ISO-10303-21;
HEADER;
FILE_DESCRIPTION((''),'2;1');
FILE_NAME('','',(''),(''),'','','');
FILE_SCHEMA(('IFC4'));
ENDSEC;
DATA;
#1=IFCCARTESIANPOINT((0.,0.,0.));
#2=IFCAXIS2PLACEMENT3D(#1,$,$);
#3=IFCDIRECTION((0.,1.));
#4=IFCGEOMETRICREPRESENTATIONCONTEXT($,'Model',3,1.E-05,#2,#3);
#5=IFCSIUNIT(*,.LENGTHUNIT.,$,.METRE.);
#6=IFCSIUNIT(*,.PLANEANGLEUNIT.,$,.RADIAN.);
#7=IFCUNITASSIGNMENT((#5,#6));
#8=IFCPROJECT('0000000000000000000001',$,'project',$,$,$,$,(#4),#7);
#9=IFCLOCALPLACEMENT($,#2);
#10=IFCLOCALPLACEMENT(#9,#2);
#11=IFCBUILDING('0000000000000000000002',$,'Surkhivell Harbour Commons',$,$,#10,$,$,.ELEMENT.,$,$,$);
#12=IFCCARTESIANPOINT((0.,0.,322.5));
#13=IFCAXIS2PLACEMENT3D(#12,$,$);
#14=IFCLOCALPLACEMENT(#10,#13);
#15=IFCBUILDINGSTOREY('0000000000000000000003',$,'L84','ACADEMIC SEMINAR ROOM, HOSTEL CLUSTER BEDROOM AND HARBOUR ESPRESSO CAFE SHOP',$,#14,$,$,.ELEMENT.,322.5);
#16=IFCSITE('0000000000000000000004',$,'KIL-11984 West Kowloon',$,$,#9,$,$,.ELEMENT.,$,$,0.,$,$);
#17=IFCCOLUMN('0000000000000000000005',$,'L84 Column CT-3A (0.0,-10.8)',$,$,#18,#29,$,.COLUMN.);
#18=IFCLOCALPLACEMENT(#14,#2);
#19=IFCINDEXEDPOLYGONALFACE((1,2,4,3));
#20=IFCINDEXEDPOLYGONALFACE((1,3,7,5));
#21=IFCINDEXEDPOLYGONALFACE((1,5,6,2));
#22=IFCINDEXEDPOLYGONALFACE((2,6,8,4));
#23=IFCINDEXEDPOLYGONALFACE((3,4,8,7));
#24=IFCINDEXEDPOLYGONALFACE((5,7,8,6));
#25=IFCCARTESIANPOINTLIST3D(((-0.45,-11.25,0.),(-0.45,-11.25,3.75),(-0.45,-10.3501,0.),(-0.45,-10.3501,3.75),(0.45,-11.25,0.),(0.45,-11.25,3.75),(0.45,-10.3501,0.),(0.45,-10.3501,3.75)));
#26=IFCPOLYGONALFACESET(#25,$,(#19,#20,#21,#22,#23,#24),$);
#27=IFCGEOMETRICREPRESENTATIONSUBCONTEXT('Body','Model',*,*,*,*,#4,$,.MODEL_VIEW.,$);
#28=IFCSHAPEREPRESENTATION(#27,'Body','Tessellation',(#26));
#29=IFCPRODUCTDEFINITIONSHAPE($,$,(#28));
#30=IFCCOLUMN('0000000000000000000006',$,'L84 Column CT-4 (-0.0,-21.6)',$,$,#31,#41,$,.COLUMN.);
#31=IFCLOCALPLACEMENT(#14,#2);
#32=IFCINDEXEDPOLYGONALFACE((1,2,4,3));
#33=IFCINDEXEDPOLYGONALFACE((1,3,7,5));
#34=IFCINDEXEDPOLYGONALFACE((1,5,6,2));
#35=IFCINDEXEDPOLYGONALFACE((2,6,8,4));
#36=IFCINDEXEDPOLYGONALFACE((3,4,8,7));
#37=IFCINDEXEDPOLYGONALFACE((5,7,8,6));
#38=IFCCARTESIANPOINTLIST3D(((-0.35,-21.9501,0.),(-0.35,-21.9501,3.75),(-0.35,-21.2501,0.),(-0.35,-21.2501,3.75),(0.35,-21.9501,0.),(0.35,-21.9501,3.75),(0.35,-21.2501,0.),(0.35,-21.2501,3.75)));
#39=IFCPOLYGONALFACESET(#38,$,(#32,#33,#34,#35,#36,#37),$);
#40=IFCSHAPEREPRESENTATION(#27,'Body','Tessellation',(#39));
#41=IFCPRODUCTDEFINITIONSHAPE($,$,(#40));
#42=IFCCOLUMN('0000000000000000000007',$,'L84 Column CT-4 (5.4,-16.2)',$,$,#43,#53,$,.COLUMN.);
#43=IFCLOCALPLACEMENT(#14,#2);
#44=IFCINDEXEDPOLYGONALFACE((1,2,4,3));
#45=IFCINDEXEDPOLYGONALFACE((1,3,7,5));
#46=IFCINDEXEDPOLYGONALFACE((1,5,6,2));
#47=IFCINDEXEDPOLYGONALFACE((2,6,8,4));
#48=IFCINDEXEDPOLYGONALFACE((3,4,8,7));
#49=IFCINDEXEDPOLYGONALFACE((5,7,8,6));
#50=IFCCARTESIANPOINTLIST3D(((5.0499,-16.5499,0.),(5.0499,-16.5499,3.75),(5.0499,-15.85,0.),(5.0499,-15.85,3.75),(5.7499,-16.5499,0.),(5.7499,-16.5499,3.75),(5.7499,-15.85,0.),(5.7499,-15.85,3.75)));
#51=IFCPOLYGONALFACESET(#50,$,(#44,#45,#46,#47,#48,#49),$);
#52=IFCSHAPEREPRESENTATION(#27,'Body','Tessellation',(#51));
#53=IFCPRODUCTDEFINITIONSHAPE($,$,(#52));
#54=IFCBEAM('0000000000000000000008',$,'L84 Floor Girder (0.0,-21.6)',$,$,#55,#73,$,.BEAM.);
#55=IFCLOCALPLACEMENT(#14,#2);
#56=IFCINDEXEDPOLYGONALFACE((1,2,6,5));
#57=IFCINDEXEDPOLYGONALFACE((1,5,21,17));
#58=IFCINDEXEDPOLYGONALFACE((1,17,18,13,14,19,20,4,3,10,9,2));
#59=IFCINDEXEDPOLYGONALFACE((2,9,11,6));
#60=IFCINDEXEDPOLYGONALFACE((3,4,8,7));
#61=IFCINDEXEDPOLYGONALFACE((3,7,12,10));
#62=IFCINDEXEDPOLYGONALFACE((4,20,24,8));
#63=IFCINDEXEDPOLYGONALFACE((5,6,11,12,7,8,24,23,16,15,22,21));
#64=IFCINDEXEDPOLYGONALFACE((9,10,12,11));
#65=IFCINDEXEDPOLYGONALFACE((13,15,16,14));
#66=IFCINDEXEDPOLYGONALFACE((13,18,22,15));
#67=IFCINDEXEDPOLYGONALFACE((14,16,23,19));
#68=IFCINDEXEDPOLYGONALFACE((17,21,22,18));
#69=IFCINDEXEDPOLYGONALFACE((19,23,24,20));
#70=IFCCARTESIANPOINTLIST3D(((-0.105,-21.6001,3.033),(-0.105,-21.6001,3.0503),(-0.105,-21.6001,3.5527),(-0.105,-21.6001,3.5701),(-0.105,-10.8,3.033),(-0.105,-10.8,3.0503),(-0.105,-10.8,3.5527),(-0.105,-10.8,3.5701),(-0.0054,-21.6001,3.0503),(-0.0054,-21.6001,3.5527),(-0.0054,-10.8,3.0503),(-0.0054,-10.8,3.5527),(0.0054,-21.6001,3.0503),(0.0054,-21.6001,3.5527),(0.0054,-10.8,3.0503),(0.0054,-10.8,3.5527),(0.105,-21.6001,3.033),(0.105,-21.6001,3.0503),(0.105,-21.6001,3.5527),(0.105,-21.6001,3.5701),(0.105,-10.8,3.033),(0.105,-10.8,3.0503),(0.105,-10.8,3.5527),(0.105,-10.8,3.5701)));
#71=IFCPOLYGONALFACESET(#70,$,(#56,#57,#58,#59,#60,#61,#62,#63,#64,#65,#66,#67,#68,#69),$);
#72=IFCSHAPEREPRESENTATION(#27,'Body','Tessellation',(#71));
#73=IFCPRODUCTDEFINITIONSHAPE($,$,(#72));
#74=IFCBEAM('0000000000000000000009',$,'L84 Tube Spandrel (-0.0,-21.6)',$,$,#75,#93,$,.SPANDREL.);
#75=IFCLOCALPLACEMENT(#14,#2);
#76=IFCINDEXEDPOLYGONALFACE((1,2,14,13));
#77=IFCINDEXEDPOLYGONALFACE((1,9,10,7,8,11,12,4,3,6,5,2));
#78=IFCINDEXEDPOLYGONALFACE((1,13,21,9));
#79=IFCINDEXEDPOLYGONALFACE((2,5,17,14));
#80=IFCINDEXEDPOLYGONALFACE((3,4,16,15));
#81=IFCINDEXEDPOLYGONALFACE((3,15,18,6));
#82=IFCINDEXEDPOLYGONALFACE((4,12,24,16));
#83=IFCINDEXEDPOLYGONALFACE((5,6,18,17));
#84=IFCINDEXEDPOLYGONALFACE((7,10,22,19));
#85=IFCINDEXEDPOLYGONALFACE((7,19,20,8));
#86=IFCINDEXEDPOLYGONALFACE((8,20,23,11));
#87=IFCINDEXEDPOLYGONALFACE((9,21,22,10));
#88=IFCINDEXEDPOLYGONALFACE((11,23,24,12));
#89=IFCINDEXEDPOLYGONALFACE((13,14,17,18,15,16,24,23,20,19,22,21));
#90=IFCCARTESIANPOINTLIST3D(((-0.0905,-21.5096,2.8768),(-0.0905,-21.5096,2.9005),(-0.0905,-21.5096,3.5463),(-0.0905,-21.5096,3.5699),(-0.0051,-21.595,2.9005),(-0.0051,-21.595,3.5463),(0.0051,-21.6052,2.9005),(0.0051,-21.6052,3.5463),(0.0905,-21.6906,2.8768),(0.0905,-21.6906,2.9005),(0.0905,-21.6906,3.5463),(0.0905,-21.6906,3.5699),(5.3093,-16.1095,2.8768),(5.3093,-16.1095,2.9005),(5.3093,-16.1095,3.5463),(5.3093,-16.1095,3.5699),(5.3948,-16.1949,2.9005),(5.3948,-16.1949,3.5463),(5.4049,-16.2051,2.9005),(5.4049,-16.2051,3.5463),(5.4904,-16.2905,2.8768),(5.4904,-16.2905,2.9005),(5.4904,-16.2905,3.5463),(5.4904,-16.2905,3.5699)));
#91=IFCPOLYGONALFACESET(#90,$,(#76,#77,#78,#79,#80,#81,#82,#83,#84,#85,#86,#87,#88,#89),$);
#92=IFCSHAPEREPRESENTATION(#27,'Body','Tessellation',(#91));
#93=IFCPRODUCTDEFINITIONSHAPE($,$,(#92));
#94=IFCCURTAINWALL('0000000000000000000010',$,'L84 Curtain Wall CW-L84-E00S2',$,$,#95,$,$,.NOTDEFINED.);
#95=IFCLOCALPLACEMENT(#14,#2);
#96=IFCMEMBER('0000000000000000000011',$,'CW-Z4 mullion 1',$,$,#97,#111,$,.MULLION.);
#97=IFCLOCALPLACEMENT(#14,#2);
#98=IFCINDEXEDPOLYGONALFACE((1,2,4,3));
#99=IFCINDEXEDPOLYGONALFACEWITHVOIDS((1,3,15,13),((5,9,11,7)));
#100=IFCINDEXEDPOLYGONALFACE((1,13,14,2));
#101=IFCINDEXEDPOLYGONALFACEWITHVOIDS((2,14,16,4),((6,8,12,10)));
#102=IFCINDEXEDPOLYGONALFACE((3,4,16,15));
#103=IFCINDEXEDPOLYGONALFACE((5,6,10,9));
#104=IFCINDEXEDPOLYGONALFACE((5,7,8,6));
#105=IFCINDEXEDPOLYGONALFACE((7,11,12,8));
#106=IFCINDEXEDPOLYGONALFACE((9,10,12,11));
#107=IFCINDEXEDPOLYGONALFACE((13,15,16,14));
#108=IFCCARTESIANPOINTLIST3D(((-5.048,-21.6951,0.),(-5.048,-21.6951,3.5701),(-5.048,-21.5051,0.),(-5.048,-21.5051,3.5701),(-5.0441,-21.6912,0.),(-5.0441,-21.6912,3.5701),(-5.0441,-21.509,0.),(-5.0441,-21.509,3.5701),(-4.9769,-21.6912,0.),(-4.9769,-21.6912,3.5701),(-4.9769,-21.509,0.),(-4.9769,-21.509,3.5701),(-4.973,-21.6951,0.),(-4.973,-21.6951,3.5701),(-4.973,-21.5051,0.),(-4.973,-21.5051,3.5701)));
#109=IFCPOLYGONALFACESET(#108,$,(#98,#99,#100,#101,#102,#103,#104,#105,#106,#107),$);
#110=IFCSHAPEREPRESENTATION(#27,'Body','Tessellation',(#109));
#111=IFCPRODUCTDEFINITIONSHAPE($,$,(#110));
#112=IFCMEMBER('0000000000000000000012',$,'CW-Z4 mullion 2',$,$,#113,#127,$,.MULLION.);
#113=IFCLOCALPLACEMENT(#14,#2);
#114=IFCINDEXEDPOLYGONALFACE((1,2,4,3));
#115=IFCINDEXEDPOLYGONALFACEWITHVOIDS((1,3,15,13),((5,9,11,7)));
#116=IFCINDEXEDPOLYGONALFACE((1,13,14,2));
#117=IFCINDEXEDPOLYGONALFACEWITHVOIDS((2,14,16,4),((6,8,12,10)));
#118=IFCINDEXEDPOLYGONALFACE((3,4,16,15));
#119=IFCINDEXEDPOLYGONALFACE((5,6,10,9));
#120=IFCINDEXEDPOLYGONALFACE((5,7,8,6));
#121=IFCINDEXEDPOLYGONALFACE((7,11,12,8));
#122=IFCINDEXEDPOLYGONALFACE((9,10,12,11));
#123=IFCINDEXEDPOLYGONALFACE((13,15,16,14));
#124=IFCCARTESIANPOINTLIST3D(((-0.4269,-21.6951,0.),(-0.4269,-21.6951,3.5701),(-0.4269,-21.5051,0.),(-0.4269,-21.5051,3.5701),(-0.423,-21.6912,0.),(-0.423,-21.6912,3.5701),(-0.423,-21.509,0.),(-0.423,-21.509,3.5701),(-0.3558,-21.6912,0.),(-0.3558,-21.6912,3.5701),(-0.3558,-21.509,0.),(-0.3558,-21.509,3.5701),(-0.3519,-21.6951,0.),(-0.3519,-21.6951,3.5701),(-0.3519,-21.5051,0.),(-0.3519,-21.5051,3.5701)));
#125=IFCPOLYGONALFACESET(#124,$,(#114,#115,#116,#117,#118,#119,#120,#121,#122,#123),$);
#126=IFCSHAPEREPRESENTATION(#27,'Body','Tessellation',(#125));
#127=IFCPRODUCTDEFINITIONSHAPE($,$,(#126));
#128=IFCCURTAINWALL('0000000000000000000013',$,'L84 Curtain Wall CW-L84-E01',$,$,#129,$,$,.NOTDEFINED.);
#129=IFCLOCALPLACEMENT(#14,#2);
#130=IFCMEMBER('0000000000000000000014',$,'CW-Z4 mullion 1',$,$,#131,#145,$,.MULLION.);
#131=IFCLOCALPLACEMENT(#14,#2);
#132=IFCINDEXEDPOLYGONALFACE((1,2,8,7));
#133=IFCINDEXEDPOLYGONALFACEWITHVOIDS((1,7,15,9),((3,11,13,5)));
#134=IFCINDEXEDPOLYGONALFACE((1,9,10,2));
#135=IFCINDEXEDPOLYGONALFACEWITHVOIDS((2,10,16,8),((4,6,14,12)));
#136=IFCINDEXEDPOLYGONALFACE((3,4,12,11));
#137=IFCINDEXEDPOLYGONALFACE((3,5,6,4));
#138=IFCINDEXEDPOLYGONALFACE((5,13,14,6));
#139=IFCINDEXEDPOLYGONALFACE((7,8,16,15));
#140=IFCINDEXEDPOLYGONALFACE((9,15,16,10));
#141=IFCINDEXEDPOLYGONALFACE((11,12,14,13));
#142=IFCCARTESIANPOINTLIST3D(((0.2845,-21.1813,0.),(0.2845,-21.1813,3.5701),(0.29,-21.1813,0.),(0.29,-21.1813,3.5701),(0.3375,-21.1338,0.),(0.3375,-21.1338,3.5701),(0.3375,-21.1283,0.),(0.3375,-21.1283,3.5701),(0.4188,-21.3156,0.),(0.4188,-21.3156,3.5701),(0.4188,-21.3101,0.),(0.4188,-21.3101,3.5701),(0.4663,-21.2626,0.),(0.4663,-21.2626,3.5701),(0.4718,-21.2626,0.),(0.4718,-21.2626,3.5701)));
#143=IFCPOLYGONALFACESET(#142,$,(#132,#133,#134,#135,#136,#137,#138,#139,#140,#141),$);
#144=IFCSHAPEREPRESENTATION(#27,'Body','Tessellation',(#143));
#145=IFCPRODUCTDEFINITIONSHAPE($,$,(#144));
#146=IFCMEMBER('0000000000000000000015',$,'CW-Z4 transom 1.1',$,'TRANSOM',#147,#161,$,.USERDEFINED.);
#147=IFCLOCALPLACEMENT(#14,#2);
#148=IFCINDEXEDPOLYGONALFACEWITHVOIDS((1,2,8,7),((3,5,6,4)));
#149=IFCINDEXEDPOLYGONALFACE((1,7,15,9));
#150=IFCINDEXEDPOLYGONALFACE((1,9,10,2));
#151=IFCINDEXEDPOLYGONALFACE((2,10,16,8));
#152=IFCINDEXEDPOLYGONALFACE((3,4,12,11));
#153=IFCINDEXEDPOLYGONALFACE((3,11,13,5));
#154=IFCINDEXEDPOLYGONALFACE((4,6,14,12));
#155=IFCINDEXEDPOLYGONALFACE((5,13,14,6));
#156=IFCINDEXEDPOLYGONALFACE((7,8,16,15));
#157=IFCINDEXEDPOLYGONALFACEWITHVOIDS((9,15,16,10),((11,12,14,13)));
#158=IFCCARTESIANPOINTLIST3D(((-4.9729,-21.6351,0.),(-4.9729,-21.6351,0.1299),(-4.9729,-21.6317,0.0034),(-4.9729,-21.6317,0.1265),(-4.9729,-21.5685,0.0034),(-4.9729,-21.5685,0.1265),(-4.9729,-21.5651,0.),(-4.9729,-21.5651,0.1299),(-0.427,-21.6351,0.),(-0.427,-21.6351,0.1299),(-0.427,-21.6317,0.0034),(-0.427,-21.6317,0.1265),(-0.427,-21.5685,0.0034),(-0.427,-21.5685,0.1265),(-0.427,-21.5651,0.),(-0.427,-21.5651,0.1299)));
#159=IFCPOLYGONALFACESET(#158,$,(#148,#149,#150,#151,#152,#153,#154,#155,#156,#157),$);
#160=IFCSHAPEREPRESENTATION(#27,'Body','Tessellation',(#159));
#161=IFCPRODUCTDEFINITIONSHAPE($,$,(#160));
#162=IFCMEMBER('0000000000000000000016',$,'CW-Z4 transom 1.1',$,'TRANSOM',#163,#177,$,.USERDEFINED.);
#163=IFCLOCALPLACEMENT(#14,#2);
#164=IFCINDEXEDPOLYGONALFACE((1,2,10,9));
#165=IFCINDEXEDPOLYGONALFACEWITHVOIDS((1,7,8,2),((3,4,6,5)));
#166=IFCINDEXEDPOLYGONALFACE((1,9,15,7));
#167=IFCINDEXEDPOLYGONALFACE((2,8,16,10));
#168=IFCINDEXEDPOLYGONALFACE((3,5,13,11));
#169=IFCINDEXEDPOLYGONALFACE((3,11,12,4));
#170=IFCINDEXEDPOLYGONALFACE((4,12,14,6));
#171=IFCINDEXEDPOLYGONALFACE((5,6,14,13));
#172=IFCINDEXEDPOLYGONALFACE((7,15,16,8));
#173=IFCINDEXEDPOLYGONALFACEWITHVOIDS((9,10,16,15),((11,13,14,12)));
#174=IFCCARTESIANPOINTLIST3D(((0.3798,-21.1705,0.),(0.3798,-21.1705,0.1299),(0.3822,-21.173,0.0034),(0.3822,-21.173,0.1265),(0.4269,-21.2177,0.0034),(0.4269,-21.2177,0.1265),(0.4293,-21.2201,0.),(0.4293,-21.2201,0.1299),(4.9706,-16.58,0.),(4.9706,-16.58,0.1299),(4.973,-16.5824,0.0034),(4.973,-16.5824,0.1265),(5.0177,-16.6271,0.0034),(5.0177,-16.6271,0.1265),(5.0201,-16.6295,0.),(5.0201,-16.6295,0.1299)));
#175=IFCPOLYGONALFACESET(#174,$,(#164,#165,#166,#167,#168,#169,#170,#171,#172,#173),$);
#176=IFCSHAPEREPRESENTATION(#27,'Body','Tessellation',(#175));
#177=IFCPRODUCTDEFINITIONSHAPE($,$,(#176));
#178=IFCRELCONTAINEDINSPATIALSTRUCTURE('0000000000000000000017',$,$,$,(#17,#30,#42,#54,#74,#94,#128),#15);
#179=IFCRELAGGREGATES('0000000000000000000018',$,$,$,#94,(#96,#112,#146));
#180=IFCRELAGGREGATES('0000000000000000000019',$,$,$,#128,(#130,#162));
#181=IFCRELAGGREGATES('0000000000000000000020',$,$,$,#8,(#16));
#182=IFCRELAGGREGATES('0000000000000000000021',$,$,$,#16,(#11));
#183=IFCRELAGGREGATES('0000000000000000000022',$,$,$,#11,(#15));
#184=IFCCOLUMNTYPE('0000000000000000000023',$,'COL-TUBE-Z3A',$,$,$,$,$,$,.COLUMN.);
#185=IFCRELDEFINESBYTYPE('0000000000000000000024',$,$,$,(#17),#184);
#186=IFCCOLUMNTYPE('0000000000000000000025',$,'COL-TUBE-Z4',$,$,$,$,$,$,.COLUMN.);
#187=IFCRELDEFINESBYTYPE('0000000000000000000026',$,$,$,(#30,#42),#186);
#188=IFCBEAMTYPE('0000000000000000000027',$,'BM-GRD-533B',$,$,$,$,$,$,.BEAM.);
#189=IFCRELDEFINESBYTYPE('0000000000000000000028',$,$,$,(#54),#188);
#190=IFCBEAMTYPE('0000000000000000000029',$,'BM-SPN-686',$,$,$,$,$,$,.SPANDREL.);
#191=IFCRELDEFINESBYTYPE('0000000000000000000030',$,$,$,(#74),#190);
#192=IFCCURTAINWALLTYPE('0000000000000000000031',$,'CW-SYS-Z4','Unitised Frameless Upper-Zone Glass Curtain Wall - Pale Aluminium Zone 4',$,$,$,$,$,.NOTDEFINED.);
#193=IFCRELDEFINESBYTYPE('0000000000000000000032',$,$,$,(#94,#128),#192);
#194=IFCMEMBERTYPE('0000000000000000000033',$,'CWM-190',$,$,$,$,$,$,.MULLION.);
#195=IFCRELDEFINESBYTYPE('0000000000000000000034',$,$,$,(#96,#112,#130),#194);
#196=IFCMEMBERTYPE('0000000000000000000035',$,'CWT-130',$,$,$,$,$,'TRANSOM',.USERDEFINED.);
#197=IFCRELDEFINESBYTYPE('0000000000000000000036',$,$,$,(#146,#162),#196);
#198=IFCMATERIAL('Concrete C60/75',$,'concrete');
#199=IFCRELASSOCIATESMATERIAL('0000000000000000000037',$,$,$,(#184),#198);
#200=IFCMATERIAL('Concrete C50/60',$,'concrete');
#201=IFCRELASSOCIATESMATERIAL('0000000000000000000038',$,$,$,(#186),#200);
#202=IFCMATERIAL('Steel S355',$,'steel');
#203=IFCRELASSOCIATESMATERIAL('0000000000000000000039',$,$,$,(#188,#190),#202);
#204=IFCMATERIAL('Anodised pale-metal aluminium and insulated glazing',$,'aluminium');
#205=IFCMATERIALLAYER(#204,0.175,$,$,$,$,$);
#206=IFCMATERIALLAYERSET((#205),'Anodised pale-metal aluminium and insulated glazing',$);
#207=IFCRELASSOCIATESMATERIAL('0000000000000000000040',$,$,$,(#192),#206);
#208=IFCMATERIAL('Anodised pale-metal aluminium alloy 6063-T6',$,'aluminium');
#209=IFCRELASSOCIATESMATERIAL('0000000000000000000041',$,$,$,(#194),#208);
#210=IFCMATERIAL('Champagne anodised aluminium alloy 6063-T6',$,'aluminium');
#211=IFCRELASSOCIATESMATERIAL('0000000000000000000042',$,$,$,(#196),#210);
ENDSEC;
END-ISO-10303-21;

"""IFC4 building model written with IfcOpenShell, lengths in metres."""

from ifc_helpers import new_model, si_unit, direction, frame, origin, origin_2d, place, context, subcontext, project, spatial, rectangle, hollow_rectangle, i_section, extrude, material, layer, layer_set, material_profile, profile_set, type_object, element, aggregate, save


model = new_model("IFC4")

# Units and contexts
model_context = context("Model", 3, precision=1e-05, world=origin(), true_north=direction((0.0, 1.0)))
body_context = subcontext(model_context, "Body", "Model", "MODEL_VIEW")
ifc_project = project(units=[si_unit("LENGTHUNIT", "METRE"), si_unit("PLANEANGLEUNIT", "RADIAN")], contexts=[model_context])

# Site, building, storey
site_placement = place(None, origin())
site = spatial("IfcSite", under=ifc_project, at=site_placement, Name="KIL-11984 West Kowloon", CompositionType="ELEMENT", RefElevation=0.0)
building_placement = place(site_placement, origin())
building = spatial("IfcBuilding", under=site, at=building_placement, Name="Surkhivell Harbour Commons", CompositionType="ELEMENT")
storey_placement = place(building_placement, frame((0.0, 0.0, 322.5)))
storey = spatial("IfcBuildingStorey", under=building, at=storey_placement, Name="L84", Description="ACADEMIC SEMINAR ROOM, HOSTEL CLUSTER BEDROOM AND HARBOUR ESPRESSO CAFE SHOP", CompositionType="ELEMENT", Elevation=322.5)

# Columns
ifc_material_1 = material(Name="Concrete C60/75", Category="concrete")
ifc_material_profile_1 = material_profile(ifc_material_1, rectangle(XDim=0.8999, YDim=0.8999, at=origin_2d()), Name="RC-COL-900x900")
ifc_profile_set_1 = profile_set([ifc_material_profile_1], Name="Concrete C60/75")
column_type_1 = type_object("IfcColumnType", Name="COL-TUBE-Z3A", PredefinedType="COLUMN", material=ifc_profile_set_1)
column_placement = place(storey_placement, frame((0.0, -10.8, 0.0), z_axis=(0.0, 0.0, 1.0), x_axis=(1.0, 0.0, 0.0)))
element("IfcColumn", 1, at=column_placement, inside=storey, type_object=column_type_1, Name="L84 Column CT-3A (0.0,-10.8)", PredefinedType="COLUMN", context=body_context, shape_type="SweptSolid", body=[
    extrude(rectangle(XDim=0.8999, YDim=0.8999, at=origin_2d()), origin(), (0.0, 0.0, 1.0), 3.75),
])
ifc_material_2 = material(Name="Concrete C50/60", Category="concrete")
ifc_material_profile_2 = material_profile(ifc_material_2, rectangle(XDim=0.7, YDim=0.7, at=origin_2d()), Name="RC-COL-700x700")
ifc_profile_set_2 = profile_set([ifc_material_profile_2], Name="Concrete C50/60")
column_type_2 = type_object("IfcColumnType", Name="COL-TUBE-Z4", PredefinedType="COLUMN", material=ifc_profile_set_2)
for number, where, z_axis, x_axis, name in (
    (2, (0.0, -21.6001, 0.0), (0.0, 0.0, 1.0), (1.0, 0.0, 0.0), "L84 Column CT-4 (-0.0,-21.6)"),
    (3, (5.3999, -16.2, 0.0), (0.0, 0.0, 1.0), (1.0, 0.0, 0.0), "L84 Column CT-4 (5.4,-16.2)"),
):
    element("IfcColumn", number, at=place(storey_placement, frame(where, z_axis=z_axis, x_axis=x_axis)), inside=storey, type_object=column_type_2, Name=name, PredefinedType="COLUMN", context=body_context, shape_type="SweptSolid", body=[
        extrude(rectangle(XDim=0.7, YDim=0.7, at=origin_2d()), origin(), (0.0, 0.0, 1.0), 3.75),
    ])

# Beams
ifc_material_3 = material(Name="Steel S355", Category="steel")
ifc_material_profile_3 = material_profile(ifc_material_3, i_section(OverallWidth=0.21, OverallDepth=0.5371, WebThickness=0.0107, FlangeThickness=0.0173, at=origin_2d()), Name="UB533x210x101")
ifc_profile_set_3 = profile_set([ifc_material_profile_3], Name="Steel S355")
beam_type_1 = type_object("IfcBeamType", Name="BM-GRD-533B", PredefinedType="BEAM", material=ifc_profile_set_3)
beam_1_placement = place(storey_placement, frame((0.0, -21.6001, 3.3015), z_axis=(0.0, 1.0, 0.0), x_axis=(-1.0, 0.0, 0.0)))
element("IfcBeam", 4, at=beam_1_placement, inside=storey, type_object=beam_type_1, Name="L84 Floor Girder (0.0,-21.6)", PredefinedType="BEAM", context=body_context, shape_type="SweptSolid", body=[
    extrude(i_section(OverallWidth=0.21, OverallDepth=0.5371, WebThickness=0.0107, FlangeThickness=0.0173, at=origin_2d()), origin(), (0.0, 0.0, 1.0), 10.8),
])
ifc_material_profile_4 = material_profile(ifc_material_3, i_section(OverallWidth=0.2561, OverallDepth=0.6931, WebThickness=0.0144, FlangeThickness=0.0237, at=origin_2d()), Name="UB686x254x170")
ifc_profile_set_4 = profile_set([ifc_material_profile_4], Name="Steel S355")
beam_type_2 = type_object("IfcBeamType", Name="BM-SPN-686", PredefinedType="SPANDREL", material=ifc_profile_set_4)
beam_2_placement = place(storey_placement, frame((0.0, -21.6001, 3.2234), z_axis=(0.707091, 0.707123, 0.0), x_axis=(-0.707123, 0.707091, 0.0)))
element("IfcBeam", 5, at=beam_2_placement, inside=storey, type_object=beam_type_2, Name="L84 Tube Spandrel (-0.0,-21.6)", PredefinedType="SPANDREL", context=body_context, shape_type="SweptSolid", body=[
    extrude(i_section(OverallWidth=0.2561, OverallDepth=0.6931, WebThickness=0.0144, FlangeThickness=0.0237, at=origin_2d()), origin(), (0.0, 0.0, 1.0), 7.6367),
])

# Curtain wall, members
ifc_material_4 = material(Name="Anodised pale-metal aluminium and insulated glazing", Category="aluminium")
ifc_layer_1 = layer(ifc_material_4, 0.175)
ifc_layer_set_1 = layer_set([ifc_layer_1], Name="Anodised pale-metal aluminium and insulated glazing")
curtain_wall_type = type_object("IfcCurtainWallType", Name="CW-SYS-Z4", Description="Unitised Frameless Upper-Zone Glass Curtain Wall - Pale Aluminium Zone 4", PredefinedType="NOTDEFINED", material=ifc_layer_set_1)
curtain_wall_1_placement = place(storey_placement, origin())
curtain_wall_1 = element("IfcCurtainWall", 6, at=curtain_wall_1_placement, inside=storey, type_object=curtain_wall_type, Name="L84 Curtain Wall CW-L84-E00S2", PredefinedType="NOTDEFINED")
ifc_material_5 = material(Name="Anodised pale-metal aluminium alloy 6063-T6", Category="aluminium")
ifc_material_profile_5 = material_profile(ifc_material_5, hollow_rectangle(XDim=0.075, YDim=0.1899, WallThickness=0.0039, at=origin_2d()), Name="ALU-MULL-75x190")
ifc_profile_set_5 = profile_set([ifc_material_profile_5], Name="Anodised pale-metal aluminium alloy 6063-T6")
member_type_1 = type_object("IfcMemberType", Name="CWM-190", PredefinedType="MULLION", material=ifc_profile_set_5)
member_1_placement = place(storey_placement, frame((-5.0105, -21.6001, 0.0), z_axis=(0.0, 0.0, 1.0), x_axis=(1.0, 0.0, 0.0)))
member_1 = element("IfcMember", 7, at=member_1_placement, type_object=member_type_1, Name="CW-Z4 mullion 1", PredefinedType="MULLION", context=body_context, shape_type="SweptSolid", body=[
    extrude(hollow_rectangle(XDim=0.075, YDim=0.1899, WallThickness=0.0039, at=origin_2d()), origin(), (0.0, 0.0, 1.0), 3.5701),
])
member_2_placement = place(storey_placement, frame((-0.3894, -21.6001, 0.0), z_axis=(0.0, 0.0, 1.0), x_axis=(1.0, 0.0, 0.0)))
member_2 = element("IfcMember", 8, at=member_2_placement, type_object=member_type_1, Name="CW-Z4 mullion 2", PredefinedType="MULLION", context=body_context, shape_type="SweptSolid", body=[
    extrude(hollow_rectangle(XDim=0.075, YDim=0.1899, WallThickness=0.0039, at=origin_2d()), origin(), (0.0, 0.0, 1.0), 3.5701),
])

# Curtain wall, member
curtain_wall_2_placement = place(storey_placement, origin())
curtain_wall_2 = element("IfcCurtainWall", 9, at=curtain_wall_2_placement, inside=storey, type_object=curtain_wall_type, Name="L84 Curtain Wall CW-L84-E01", PredefinedType="NOTDEFINED")
member_3_placement = place(storey_placement, frame((0.3782, -21.2219, 0.0), z_axis=(0.0, 0.0, 1.0), x_axis=(0.707107, 0.707107, 0.0)))
member_3 = element("IfcMember", 10, at=member_3_placement, type_object=member_type_1, Name="CW-Z4 mullion 1", PredefinedType="MULLION", context=body_context, shape_type="SweptSolid", body=[
    extrude(hollow_rectangle(XDim=0.075, YDim=0.1899, WallThickness=0.0039, at=origin_2d()), origin(), (0.0, 0.0, 1.0), 3.5701),
])

# Members
ifc_material_6 = material(Name="Champagne anodised aluminium alloy 6063-T6", Category="aluminium")
ifc_material_profile_6 = material_profile(ifc_material_6, hollow_rectangle(XDim=0.0701, YDim=0.1299, WallThickness=0.0034, at=origin_2d()), Name="ALU-TRAN-70x130")
ifc_profile_set_6 = profile_set([ifc_material_profile_6], Name="Champagne anodised aluminium alloy 6063-T6")
member_type_2 = type_object("IfcMemberType", Name="CWT-130", ElementType="TRANSOM", PredefinedType="USERDEFINED", material=ifc_profile_set_6)
member_4_placement = place(storey_placement, frame((-4.9729, -21.6001, 0.0649), z_axis=(1.0, 0.0, 0.0), x_axis=(0.0, 1.0, 0.0)))
member_4 = element("IfcMember", 11, at=member_4_placement, type_object=member_type_2, Name="CW-Z4 transom 1.1", ObjectType="TRANSOM", PredefinedType="USERDEFINED", context=body_context, shape_type="SweptSolid", body=[
    extrude(hollow_rectangle(XDim=0.0701, YDim=0.1299, WallThickness=0.0034, at=origin_2d()), origin(), (0.0, 0.0, 1.0), 4.5459),
])
member_5_placement = place(storey_placement, frame((0.4045, -21.1953, 0.0649), z_axis=(0.707126, 0.707088, 0.0), x_axis=(-0.707088, 0.707126, 0.0)))
member_5 = element("IfcMember", 12, at=member_5_placement, type_object=member_type_2, Name="CW-Z4 transom 1.1", ObjectType="TRANSOM", PredefinedType="USERDEFINED", context=body_context, shape_type="SweptSolid", body=[
    extrude(hollow_rectangle(XDim=0.0701, YDim=0.1299, WallThickness=0.0034, at=origin_2d()), origin(), (0.0, 0.0, 1.0), 6.4922),
])

aggregate(curtain_wall_1, [member_1, member_2, member_4])
aggregate(curtain_wall_2, [member_3, member_5])

save(model, "model.ifc")
